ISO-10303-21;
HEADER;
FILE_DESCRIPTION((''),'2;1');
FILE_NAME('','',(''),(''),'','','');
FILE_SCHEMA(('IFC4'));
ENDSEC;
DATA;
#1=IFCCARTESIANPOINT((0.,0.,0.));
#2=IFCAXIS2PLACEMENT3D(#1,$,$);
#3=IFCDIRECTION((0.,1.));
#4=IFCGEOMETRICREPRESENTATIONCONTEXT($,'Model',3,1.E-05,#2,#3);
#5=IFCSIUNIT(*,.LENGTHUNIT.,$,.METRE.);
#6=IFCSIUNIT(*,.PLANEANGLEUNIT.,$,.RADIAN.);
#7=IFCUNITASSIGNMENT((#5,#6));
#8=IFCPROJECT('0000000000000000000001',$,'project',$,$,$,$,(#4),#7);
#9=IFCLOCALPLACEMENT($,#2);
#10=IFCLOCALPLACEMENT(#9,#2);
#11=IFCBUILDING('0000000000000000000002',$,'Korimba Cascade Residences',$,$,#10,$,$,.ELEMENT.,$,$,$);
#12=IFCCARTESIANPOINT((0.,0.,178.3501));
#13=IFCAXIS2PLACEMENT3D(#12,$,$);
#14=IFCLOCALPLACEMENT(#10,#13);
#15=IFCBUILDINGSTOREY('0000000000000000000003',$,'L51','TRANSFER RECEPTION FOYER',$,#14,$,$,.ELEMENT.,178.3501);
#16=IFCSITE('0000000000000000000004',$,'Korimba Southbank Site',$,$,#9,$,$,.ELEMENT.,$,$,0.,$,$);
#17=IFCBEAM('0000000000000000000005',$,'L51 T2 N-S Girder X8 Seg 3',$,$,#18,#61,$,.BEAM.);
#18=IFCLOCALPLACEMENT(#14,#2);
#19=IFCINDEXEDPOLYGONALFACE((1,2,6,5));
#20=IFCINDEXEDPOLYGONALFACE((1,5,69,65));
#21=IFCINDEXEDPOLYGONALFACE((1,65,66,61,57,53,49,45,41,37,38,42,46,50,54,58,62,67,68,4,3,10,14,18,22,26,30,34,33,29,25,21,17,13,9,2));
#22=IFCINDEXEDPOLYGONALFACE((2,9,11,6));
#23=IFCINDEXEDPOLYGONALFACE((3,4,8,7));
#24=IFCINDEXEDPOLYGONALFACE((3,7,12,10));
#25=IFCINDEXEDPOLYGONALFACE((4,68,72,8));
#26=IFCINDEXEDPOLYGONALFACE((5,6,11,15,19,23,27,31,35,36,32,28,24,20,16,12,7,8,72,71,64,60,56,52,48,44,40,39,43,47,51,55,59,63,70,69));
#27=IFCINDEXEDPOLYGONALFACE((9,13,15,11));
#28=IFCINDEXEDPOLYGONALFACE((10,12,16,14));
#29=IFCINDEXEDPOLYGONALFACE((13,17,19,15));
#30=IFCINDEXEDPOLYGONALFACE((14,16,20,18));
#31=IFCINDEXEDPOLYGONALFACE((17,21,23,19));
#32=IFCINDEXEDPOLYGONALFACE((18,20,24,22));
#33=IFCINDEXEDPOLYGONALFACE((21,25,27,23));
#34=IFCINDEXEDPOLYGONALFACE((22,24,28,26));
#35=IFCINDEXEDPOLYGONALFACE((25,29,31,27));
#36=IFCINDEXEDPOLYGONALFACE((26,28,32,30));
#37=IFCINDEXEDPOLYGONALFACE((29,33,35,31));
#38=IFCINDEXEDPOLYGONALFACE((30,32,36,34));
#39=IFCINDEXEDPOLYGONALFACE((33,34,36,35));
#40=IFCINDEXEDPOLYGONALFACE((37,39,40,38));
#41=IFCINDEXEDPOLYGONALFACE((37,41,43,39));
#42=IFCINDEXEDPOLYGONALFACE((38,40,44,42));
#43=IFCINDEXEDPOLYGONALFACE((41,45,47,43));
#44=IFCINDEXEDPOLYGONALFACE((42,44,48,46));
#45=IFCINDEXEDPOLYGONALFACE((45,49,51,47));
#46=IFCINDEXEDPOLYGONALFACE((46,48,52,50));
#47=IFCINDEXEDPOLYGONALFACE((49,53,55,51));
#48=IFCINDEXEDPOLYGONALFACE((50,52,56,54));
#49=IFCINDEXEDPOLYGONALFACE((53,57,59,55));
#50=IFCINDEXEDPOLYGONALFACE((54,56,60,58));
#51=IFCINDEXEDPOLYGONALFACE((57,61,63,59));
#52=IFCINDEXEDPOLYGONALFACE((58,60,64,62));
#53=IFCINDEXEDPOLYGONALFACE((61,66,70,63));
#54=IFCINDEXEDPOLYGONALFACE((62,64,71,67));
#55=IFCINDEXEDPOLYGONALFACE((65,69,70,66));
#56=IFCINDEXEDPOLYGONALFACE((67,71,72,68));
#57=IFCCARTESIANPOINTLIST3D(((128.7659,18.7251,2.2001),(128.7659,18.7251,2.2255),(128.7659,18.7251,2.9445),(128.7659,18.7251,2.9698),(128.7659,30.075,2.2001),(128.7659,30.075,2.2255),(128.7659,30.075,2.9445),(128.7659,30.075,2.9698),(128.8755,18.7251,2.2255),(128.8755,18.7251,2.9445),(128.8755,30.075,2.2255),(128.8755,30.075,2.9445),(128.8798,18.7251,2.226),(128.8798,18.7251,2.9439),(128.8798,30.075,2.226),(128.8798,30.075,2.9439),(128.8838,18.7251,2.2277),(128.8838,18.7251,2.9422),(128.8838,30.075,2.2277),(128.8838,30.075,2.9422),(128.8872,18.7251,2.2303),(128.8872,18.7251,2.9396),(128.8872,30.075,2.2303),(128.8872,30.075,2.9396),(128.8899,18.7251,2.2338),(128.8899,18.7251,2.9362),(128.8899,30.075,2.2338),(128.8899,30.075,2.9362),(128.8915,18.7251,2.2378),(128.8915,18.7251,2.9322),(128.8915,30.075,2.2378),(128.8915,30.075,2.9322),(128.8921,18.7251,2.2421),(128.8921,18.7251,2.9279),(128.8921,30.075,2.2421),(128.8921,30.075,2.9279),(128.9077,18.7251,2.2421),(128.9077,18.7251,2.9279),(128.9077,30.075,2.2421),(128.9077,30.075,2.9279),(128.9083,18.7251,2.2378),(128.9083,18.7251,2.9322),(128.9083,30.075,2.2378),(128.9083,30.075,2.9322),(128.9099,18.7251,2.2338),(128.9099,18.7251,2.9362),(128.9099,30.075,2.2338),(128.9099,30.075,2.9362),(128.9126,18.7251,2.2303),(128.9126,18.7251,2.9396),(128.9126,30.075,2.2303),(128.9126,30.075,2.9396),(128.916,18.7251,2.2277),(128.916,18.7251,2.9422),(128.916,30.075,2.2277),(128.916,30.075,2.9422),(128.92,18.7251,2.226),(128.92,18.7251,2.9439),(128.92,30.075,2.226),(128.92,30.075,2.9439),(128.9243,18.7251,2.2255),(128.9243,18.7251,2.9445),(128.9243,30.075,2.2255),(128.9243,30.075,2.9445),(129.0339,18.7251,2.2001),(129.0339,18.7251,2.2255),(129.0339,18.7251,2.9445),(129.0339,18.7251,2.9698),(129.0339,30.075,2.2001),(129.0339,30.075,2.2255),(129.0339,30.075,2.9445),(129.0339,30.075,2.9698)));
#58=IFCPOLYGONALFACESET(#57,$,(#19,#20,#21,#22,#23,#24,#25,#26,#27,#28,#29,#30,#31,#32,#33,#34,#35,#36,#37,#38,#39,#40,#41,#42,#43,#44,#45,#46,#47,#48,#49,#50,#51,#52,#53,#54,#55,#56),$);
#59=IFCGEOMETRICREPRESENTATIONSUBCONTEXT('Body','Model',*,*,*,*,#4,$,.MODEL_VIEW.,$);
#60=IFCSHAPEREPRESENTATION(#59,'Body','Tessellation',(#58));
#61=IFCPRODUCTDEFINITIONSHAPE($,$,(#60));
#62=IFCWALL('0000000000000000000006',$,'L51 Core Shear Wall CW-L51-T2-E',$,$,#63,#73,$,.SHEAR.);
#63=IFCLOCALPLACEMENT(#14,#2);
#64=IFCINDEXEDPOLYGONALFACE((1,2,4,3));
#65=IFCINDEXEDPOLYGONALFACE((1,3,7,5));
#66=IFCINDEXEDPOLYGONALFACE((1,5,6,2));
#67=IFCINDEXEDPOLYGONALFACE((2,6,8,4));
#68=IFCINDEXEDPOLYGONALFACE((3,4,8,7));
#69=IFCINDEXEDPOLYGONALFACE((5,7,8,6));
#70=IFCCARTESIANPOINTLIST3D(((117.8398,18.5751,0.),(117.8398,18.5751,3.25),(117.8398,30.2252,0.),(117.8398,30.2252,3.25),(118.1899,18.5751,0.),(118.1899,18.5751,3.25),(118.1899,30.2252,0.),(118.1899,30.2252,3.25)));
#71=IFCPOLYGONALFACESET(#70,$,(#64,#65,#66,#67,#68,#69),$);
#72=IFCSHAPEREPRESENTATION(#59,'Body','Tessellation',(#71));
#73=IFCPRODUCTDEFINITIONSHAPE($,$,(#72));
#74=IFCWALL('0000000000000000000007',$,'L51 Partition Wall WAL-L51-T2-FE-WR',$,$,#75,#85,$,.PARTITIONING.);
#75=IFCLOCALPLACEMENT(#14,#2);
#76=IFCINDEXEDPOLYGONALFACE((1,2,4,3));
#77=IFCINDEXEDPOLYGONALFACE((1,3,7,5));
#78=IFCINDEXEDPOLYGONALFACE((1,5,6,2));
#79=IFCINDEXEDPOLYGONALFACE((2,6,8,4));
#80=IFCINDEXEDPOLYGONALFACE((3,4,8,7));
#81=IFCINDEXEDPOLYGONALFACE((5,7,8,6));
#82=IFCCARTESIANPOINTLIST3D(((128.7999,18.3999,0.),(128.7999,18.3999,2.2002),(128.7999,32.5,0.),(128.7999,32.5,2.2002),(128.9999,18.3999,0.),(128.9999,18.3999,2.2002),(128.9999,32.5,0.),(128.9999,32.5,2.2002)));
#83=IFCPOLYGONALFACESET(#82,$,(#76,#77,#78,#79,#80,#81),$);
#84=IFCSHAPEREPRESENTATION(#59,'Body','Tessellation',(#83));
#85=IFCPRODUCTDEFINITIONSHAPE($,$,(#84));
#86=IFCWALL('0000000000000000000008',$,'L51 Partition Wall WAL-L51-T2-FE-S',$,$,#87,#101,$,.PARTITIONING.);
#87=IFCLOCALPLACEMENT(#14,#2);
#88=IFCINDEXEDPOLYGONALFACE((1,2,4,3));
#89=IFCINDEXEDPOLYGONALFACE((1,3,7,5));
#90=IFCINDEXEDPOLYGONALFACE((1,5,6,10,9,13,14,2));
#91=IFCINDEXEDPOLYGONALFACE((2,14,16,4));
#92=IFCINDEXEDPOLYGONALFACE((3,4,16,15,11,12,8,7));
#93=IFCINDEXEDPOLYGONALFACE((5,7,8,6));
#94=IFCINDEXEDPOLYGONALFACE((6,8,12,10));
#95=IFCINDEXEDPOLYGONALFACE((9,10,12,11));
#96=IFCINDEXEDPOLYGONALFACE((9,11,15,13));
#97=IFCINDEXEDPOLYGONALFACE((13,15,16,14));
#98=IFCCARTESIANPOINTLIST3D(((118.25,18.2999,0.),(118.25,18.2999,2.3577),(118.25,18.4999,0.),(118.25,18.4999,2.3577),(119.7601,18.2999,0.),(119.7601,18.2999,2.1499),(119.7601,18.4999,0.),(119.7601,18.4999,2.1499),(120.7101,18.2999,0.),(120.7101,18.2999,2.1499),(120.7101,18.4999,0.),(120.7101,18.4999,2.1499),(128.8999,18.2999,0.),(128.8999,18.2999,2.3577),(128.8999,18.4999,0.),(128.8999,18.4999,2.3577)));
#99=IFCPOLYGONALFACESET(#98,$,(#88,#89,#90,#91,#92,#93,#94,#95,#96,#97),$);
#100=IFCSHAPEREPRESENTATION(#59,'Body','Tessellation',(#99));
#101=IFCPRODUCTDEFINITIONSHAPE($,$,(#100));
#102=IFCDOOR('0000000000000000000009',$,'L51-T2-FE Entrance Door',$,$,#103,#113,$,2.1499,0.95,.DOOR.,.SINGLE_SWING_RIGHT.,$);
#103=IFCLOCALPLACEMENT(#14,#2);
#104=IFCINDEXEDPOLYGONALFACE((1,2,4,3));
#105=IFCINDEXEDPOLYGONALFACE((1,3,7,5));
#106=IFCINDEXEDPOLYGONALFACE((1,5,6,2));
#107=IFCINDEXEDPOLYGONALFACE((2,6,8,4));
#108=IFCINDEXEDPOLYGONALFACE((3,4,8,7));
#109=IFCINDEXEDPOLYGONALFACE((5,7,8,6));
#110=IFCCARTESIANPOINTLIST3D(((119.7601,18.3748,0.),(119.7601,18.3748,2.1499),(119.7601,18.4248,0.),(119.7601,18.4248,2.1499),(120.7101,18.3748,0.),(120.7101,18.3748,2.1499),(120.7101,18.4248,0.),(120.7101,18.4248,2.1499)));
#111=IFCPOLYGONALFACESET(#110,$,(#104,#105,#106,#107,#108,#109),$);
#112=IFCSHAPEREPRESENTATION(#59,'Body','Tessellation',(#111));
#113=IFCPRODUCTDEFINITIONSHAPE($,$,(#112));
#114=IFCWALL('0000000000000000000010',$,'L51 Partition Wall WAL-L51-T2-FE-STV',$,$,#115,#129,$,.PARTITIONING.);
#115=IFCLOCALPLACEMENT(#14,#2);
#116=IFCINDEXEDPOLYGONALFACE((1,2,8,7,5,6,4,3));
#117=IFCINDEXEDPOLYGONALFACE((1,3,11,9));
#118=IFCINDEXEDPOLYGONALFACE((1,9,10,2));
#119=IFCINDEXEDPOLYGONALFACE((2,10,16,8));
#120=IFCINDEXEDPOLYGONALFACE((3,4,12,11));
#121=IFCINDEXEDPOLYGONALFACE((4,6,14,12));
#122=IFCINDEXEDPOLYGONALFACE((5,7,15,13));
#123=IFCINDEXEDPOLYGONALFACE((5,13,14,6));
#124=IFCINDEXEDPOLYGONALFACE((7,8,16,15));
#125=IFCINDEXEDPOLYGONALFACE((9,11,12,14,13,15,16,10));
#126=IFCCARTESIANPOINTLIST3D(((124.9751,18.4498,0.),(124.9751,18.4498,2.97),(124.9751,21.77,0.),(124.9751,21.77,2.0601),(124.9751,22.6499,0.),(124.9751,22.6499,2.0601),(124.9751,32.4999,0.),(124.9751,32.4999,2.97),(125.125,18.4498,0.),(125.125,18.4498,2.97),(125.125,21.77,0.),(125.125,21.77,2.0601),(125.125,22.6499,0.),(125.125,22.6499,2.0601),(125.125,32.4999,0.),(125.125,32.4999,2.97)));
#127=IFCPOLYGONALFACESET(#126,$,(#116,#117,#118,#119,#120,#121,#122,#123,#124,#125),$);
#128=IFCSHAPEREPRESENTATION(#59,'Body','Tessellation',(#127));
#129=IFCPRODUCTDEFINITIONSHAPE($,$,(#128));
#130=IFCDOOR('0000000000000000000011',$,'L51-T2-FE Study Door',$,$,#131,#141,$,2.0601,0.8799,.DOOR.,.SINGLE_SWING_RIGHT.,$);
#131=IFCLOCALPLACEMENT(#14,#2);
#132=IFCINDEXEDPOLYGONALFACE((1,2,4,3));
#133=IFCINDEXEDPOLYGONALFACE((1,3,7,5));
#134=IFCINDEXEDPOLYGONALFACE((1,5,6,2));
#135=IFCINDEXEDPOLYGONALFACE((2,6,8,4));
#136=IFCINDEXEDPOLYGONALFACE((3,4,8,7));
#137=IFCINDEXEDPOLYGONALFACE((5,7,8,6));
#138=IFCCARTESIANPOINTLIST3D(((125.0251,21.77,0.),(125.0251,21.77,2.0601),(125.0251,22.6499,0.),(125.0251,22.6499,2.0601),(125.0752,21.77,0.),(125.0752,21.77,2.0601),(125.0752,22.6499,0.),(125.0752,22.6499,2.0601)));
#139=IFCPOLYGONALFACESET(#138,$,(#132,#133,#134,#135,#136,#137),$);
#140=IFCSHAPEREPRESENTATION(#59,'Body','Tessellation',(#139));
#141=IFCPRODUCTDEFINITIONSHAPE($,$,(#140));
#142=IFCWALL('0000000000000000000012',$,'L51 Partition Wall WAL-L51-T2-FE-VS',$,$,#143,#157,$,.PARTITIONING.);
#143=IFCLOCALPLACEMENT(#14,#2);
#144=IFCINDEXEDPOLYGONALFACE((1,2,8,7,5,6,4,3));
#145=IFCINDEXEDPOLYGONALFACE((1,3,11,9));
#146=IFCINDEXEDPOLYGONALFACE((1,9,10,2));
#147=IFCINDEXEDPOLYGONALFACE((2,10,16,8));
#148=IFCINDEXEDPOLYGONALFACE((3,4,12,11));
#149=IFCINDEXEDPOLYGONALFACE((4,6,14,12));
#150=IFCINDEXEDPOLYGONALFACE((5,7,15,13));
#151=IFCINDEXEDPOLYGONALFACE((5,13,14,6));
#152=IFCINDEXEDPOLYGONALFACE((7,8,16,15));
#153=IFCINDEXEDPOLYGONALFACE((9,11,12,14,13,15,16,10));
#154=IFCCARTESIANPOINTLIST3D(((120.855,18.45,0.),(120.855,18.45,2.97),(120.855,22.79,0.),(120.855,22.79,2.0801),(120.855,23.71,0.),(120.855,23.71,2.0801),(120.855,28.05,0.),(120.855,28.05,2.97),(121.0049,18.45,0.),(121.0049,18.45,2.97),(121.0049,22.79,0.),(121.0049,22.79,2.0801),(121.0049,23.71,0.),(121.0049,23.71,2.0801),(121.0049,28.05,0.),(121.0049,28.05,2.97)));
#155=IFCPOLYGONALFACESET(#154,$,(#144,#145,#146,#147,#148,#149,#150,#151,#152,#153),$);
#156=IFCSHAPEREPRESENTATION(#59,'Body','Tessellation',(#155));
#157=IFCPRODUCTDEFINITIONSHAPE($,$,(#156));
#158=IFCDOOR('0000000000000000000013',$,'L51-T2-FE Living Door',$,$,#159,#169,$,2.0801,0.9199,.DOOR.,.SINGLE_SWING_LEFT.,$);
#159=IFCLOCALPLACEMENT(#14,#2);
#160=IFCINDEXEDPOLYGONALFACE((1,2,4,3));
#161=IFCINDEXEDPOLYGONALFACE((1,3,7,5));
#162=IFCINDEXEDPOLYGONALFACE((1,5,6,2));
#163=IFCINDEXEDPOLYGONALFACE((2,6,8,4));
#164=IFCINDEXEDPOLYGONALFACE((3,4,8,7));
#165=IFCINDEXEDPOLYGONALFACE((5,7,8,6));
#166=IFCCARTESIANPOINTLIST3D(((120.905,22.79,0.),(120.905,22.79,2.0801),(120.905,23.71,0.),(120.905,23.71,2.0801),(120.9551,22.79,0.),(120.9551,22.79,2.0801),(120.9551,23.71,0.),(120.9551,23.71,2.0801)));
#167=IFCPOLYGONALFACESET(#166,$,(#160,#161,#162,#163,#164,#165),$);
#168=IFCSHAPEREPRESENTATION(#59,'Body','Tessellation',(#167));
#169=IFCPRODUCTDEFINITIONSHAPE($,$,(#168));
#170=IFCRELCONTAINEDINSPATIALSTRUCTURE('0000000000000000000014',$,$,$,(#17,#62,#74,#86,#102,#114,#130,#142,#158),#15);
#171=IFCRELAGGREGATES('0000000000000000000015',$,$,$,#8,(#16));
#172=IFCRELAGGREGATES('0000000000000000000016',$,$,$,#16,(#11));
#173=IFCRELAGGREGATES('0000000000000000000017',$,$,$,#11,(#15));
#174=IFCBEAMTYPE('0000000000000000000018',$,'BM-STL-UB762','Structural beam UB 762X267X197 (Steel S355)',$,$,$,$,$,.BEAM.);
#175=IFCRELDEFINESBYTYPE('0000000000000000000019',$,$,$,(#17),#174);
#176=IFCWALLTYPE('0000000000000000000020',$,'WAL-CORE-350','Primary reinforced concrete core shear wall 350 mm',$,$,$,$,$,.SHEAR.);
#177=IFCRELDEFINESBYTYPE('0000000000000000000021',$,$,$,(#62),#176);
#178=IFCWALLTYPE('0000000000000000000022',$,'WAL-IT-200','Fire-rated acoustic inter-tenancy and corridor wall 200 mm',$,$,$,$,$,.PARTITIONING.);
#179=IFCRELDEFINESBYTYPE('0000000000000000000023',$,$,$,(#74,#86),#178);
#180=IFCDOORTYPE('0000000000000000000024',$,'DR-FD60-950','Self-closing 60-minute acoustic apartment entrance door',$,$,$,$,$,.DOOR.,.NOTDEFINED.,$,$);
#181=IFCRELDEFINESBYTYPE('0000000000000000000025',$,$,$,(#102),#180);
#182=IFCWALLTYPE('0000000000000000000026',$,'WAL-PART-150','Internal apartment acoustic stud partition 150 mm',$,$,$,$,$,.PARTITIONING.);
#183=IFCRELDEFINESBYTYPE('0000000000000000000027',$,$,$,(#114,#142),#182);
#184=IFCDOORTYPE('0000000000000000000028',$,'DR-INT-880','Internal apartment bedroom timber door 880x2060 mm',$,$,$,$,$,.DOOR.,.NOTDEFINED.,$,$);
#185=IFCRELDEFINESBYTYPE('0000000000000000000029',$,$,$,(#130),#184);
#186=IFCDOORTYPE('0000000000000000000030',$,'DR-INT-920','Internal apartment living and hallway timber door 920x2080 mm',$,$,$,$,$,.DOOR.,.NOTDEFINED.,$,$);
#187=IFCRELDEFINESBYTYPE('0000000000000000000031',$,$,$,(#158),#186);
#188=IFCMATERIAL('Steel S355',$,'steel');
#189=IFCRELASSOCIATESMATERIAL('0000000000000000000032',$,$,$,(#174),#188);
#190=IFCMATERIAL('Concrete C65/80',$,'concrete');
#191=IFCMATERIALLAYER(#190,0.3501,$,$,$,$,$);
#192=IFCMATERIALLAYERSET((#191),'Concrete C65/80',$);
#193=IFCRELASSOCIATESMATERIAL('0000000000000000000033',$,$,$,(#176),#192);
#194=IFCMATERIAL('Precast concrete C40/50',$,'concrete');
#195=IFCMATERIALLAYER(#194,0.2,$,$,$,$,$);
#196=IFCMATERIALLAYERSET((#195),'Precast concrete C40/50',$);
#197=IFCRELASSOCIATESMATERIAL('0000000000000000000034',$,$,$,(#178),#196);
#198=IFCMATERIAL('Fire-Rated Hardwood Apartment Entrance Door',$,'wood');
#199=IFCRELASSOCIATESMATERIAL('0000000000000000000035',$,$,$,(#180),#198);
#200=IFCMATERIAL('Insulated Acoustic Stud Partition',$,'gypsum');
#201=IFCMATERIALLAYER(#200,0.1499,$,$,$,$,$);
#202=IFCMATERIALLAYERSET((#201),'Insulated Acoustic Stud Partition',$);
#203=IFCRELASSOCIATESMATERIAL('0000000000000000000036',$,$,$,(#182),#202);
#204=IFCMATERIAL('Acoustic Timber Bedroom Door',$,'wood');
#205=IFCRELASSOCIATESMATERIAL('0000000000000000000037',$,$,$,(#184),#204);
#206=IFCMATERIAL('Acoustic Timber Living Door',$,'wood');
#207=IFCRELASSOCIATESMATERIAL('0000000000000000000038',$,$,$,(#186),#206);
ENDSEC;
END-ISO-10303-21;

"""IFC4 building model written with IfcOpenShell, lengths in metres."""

from ifc_helpers import new_model, si_unit, direction, frame, frame_2d, origin, origin_2d, place, context, subcontext, project, spatial, rectangle, i_section, extrude, material, layer, layer_set, material_profile, profile_set, type_object, element, fill, save


model = new_model("IFC4")

# Units and contexts
model_context = context("Model", 3, precision=1e-05, world=origin(), true_north=direction((0.0, 1.0)))
body_context = subcontext(model_context, "Body", "Model", "MODEL_VIEW")
ifc_project = project(units=[si_unit("LENGTHUNIT", "METRE"), si_unit("PLANEANGLEUNIT", "RADIAN")], contexts=[model_context])

# Site, building, storey
site_placement = place(None, origin())
site = spatial("IfcSite", under=ifc_project, at=site_placement, Name="Korimba Southbank Site", CompositionType="ELEMENT", RefElevation=0.0)
building_placement = place(site_placement, origin())
building = spatial("IfcBuilding", under=site, at=building_placement, Name="Korimba Cascade Residences", CompositionType="ELEMENT")
storey_placement = place(building_placement, frame((0.0, 0.0, 178.3501)))
storey = spatial("IfcBuildingStorey", under=building, at=storey_placement, Name="L51", Description="TRANSFER RECEPTION FOYER", CompositionType="ELEMENT", Elevation=178.3501)

# Beam
ifc_material_1 = material(Name="Steel S355", Category="steel")
ifc_material_profile_1 = material_profile(ifc_material_1, i_section(OverallWidth=0.2681, OverallDepth=0.7698, WebThickness=0.0156, FlangeThickness=0.0254, FilletRadius=0.0166, at=origin_2d()), Name="Steel S355")
ifc_profile_set_1 = profile_set([ifc_material_profile_1], Name="Steel S355")
beam_type_1 = type_object("IfcBeamType", Name="BM-STL-UB762", Description="Structural beam UB 762X267X197 (Steel S355)", PredefinedType="BEAM", material=ifc_profile_set_1)
for number, where, z_axis, x_axis, name in (
    (1, (128.8999, 18.7251, 2.585), (0.0, 1.0, 0.0), (-1.0, 0.0, 0.0), "L51 T2 N-S Girder X8 Seg 3"),
):
    element("IfcBeam", number, at=place(storey_placement, frame(where, z_axis=z_axis, x_axis=x_axis)), inside=storey, type_object=beam_type_1, Name=name, PredefinedType="BEAM", context=body_context, shape_type="SweptSolid", body=[
        extrude(i_section(OverallWidth=0.2681, OverallDepth=0.7698, WebThickness=0.0156, FlangeThickness=0.0254, FilletRadius=0.0166, at=origin_2d()), origin(), (0.0, 0.0, 1.0), 11.3499),
    ])

# Walls
ifc_material_2 = material(Name="Concrete C65/80", Category="concrete")
ifc_layer_1 = layer(ifc_material_2, 0.3501)
ifc_layer_set_1 = layer_set([ifc_layer_1], Name="Concrete C65/80")
wall_type_1 = type_object("IfcWallType", Name="WAL-CORE-350", Description="Primary reinforced concrete core shear wall 350 mm", PredefinedType="SHEAR", material=ifc_layer_set_1)
wall_1_placement = place(storey_placement, frame((118.0149, 18.575, 0.0), z_axis=(0.0, 0.0, 1.0), x_axis=(0.0, 1.0, 0.0)))
element("IfcWall", 2, at=wall_1_placement, inside=storey, type_object=wall_type_1, Name="L51 Core Shear Wall CW-L51-T2-E", PredefinedType="SHEAR", context=body_context, shape_type="SweptSolid", body=[
    extrude(rectangle(XDim=11.6501, YDim=0.3501, at=frame_2d((5.8252, 0.0))), origin(), (0.0, 0.0, 1.0), 3.25),
])
ifc_material_3 = material(Name="Precast concrete C40/50", Category="concrete")
ifc_layer_2 = layer(ifc_material_3, 0.2)
ifc_layer_set_2 = layer_set([ifc_layer_2], Name="Precast concrete C40/50")
wall_type_2 = type_object("IfcWallType", Name="WAL-IT-200", Description="Fire-rated acoustic inter-tenancy and corridor wall 200 mm", PredefinedType="PARTITIONING", material=ifc_layer_set_2)
wall_2_placement = place(storey_placement, frame((128.8999, 18.3999, 0.0), z_axis=(0.0, 0.0, 1.0), x_axis=(0.0, 1.0, 0.0)))
element("IfcWall", 3, at=wall_2_placement, inside=storey, type_object=wall_type_2, Name="L51 Partition Wall WAL-L51-T2-FE-WR", PredefinedType="PARTITIONING", context=body_context, shape_type="SweptSolid", body=[
    extrude(rectangle(XDim=14.1001, YDim=0.2, at=frame_2d((7.05, 0.0))), origin(), (0.0, 0.0, 1.0), 2.2002),
])

# Walls, openings, doors
wall_3_placement = place(storey_placement, frame((118.25, 18.3999, 0.0), z_axis=(0.0, 0.0, 1.0), x_axis=(1.0, 0.0, 0.0)))
wall_3 = element("IfcWall", 4, at=wall_3_placement, inside=storey, type_object=wall_type_2, Name="L51 Partition Wall WAL-L51-T2-FE-S", PredefinedType="PARTITIONING", context=body_context, shape_type="SweptSolid", body=[
    extrude(rectangle(XDim=10.6499, YDim=0.2, at=frame_2d((5.325, 0.0))), origin(), (0.0, 0.0, 1.0), 2.3577),
])
opening_1_placement = place(wall_3_placement, frame((1.51, 0.0, 0.0)))
opening_1 = element("IfcOpeningElement", 5, at=opening_1_placement, cuts=wall_3, PredefinedType="OPENING", context=body_context, shape_type="SweptSolid", body=[
    extrude(rectangle(XDim=0.95, YDim=2.1499, at=frame_2d((0.4751, 1.075))), frame((0.0, 0.1099, 0.0), z_axis=(0.0, -1.0, 0.0), x_axis=(1.0, 0.0, 0.0)), (0.0, 0.0, 1.0), 0.22),
])
ifc_material_4 = material(Name="Fire-Rated Hardwood Apartment Entrance Door", Category="wood")
door_type_1 = type_object("IfcDoorType", Name="DR-FD60-950", Description="Self-closing 60-minute acoustic apartment entrance door", OperationType="NOTDEFINED", PredefinedType="DOOR", material=ifc_material_4)
door_1_placement = place(opening_1_placement, origin())
door_1 = element("IfcDoor", 6, at=door_1_placement, inside=storey, type_object=door_type_1, Name="L51-T2-FE Entrance Door", OperationType="SINGLE_SWING_RIGHT", OverallHeight=2.1499, OverallWidth=0.95, PredefinedType="DOOR", context=body_context, shape_type="SweptSolid", body=[
    extrude(rectangle(XDim=0.95, YDim=2.1499, at=frame_2d((0.4751, 1.075))), frame((0.0, 0.0249, 0.0), z_axis=(0.0, -1.0, 0.0), x_axis=(1.0, 0.0, 0.0)), (0.0, 0.0, 1.0), 0.05),
])
fill(opening_1, door_1)
ifc_material_5 = material(Name="Insulated Acoustic Stud Partition", Category="gypsum")
ifc_layer_3 = layer(ifc_material_5, 0.1499)
ifc_layer_set_3 = layer_set([ifc_layer_3], Name="Insulated Acoustic Stud Partition")
wall_type_3 = type_object("IfcWallType", Name="WAL-PART-150", Description="Internal apartment acoustic stud partition 150 mm", PredefinedType="PARTITIONING", material=ifc_layer_set_3)
wall_4_placement = place(storey_placement, frame((125.05, 18.45, 0.0), z_axis=(0.0, 0.0, 1.0), x_axis=(0.0, 1.0, 0.0)))
wall_4 = element("IfcWall", 7, at=wall_4_placement, inside=storey, type_object=wall_type_3, Name="L51 Partition Wall WAL-L51-T2-FE-STV", PredefinedType="PARTITIONING", context=body_context, shape_type="SweptSolid", body=[
    extrude(rectangle(XDim=14.05, YDim=0.1499, at=frame_2d((7.0249, 0.0))), origin(), (0.0, 0.0, 1.0), 2.97),
])
opening_2_placement = place(wall_4_placement, frame((3.3201, 0.0, 0.0)))
opening_2 = element("IfcOpeningElement", 8, at=opening_2_placement, cuts=wall_4, PredefinedType="OPENING", context=body_context, shape_type="SweptSolid", body=[
    extrude(rectangle(XDim=0.8799, YDim=2.0601, at=frame_2d((0.4399, 1.03))), frame((0.0, 0.085, 0.0), z_axis=(0.0, -1.0, 0.0), x_axis=(1.0, 0.0, 0.0)), (0.0, 0.0, 1.0), 0.1699),
])
ifc_material_6 = material(Name="Acoustic Timber Bedroom Door", Category="wood")
door_type_2 = type_object("IfcDoorType", Name="DR-INT-880", Description="Internal apartment bedroom timber door 880x2060 mm", OperationType="NOTDEFINED", PredefinedType="DOOR", material=ifc_material_6)
door_2_placement = place(opening_2_placement, origin())
door_2 = element("IfcDoor", 9, at=door_2_placement, inside=storey, type_object=door_type_2, Name="L51-T2-FE Study Door", OperationType="SINGLE_SWING_RIGHT", OverallHeight=2.0601, OverallWidth=0.8799, PredefinedType="DOOR", context=body_context, shape_type="SweptSolid", body=[
    extrude(rectangle(XDim=0.8799, YDim=2.0601, at=frame_2d((0.4399, 1.03))), frame((0.0, 0.0249, 0.0), z_axis=(0.0, -1.0, 0.0), x_axis=(1.0, 0.0, 0.0)), (0.0, 0.0, 1.0), 0.05),
])
fill(opening_2, door_2)
wall_5_placement = place(storey_placement, frame((120.9299, 18.45, 0.0), z_axis=(0.0, 0.0, 1.0), x_axis=(0.0, 1.0, 0.0)))
wall_5 = element("IfcWall", 10, at=wall_5_placement, inside=storey, type_object=wall_type_3, Name="L51 Partition Wall WAL-L51-T2-FE-VS", PredefinedType="PARTITIONING", context=body_context, shape_type="SweptSolid", body=[
    extrude(rectangle(XDim=9.6001, YDim=0.1499, at=frame_2d((4.8, 0.0))), origin(), (0.0, 0.0, 1.0), 2.97),
])
opening_3_placement = place(wall_5_placement, frame((4.3401, 0.0, 0.0)))
opening_3 = element("IfcOpeningElement", 11, at=opening_3_placement, cuts=wall_5, PredefinedType="OPENING", context=body_context, shape_type="SweptSolid", body=[
    extrude(rectangle(XDim=0.9199, YDim=2.0801, at=frame_2d((0.46, 1.04))), frame((0.0, 0.085, 0.0), z_axis=(0.0, -1.0, 0.0), x_axis=(1.0, 0.0, 0.0)), (0.0, 0.0, 1.0), 0.1699),
])
ifc_material_7 = material(Name="Acoustic Timber Living Door", Category="wood")
door_type_3 = type_object("IfcDoorType", Name="DR-INT-920", Description="Internal apartment living and hallway timber door 920x2080 mm", OperationType="NOTDEFINED", PredefinedType="DOOR", material=ifc_material_7)
door_3_placement = place(opening_3_placement, origin())
door_3 = element("IfcDoor", 12, at=door_3_placement, inside=storey, type_object=door_type_3, Name="L51-T2-FE Living Door", OperationType="SINGLE_SWING_LEFT", OverallHeight=2.0801, OverallWidth=0.9199, PredefinedType="DOOR", context=body_context, shape_type="SweptSolid", body=[
    extrude(rectangle(XDim=0.9199, YDim=2.0801, at=frame_2d((0.46, 1.04))), frame((0.0, 0.0249, 0.0), z_axis=(0.0, -1.0, 0.0), x_axis=(1.0, 0.0, 0.0)), (0.0, 0.0, 1.0), 0.05),
])
fill(opening_3, door_3)

save(model, "model.ifc")
